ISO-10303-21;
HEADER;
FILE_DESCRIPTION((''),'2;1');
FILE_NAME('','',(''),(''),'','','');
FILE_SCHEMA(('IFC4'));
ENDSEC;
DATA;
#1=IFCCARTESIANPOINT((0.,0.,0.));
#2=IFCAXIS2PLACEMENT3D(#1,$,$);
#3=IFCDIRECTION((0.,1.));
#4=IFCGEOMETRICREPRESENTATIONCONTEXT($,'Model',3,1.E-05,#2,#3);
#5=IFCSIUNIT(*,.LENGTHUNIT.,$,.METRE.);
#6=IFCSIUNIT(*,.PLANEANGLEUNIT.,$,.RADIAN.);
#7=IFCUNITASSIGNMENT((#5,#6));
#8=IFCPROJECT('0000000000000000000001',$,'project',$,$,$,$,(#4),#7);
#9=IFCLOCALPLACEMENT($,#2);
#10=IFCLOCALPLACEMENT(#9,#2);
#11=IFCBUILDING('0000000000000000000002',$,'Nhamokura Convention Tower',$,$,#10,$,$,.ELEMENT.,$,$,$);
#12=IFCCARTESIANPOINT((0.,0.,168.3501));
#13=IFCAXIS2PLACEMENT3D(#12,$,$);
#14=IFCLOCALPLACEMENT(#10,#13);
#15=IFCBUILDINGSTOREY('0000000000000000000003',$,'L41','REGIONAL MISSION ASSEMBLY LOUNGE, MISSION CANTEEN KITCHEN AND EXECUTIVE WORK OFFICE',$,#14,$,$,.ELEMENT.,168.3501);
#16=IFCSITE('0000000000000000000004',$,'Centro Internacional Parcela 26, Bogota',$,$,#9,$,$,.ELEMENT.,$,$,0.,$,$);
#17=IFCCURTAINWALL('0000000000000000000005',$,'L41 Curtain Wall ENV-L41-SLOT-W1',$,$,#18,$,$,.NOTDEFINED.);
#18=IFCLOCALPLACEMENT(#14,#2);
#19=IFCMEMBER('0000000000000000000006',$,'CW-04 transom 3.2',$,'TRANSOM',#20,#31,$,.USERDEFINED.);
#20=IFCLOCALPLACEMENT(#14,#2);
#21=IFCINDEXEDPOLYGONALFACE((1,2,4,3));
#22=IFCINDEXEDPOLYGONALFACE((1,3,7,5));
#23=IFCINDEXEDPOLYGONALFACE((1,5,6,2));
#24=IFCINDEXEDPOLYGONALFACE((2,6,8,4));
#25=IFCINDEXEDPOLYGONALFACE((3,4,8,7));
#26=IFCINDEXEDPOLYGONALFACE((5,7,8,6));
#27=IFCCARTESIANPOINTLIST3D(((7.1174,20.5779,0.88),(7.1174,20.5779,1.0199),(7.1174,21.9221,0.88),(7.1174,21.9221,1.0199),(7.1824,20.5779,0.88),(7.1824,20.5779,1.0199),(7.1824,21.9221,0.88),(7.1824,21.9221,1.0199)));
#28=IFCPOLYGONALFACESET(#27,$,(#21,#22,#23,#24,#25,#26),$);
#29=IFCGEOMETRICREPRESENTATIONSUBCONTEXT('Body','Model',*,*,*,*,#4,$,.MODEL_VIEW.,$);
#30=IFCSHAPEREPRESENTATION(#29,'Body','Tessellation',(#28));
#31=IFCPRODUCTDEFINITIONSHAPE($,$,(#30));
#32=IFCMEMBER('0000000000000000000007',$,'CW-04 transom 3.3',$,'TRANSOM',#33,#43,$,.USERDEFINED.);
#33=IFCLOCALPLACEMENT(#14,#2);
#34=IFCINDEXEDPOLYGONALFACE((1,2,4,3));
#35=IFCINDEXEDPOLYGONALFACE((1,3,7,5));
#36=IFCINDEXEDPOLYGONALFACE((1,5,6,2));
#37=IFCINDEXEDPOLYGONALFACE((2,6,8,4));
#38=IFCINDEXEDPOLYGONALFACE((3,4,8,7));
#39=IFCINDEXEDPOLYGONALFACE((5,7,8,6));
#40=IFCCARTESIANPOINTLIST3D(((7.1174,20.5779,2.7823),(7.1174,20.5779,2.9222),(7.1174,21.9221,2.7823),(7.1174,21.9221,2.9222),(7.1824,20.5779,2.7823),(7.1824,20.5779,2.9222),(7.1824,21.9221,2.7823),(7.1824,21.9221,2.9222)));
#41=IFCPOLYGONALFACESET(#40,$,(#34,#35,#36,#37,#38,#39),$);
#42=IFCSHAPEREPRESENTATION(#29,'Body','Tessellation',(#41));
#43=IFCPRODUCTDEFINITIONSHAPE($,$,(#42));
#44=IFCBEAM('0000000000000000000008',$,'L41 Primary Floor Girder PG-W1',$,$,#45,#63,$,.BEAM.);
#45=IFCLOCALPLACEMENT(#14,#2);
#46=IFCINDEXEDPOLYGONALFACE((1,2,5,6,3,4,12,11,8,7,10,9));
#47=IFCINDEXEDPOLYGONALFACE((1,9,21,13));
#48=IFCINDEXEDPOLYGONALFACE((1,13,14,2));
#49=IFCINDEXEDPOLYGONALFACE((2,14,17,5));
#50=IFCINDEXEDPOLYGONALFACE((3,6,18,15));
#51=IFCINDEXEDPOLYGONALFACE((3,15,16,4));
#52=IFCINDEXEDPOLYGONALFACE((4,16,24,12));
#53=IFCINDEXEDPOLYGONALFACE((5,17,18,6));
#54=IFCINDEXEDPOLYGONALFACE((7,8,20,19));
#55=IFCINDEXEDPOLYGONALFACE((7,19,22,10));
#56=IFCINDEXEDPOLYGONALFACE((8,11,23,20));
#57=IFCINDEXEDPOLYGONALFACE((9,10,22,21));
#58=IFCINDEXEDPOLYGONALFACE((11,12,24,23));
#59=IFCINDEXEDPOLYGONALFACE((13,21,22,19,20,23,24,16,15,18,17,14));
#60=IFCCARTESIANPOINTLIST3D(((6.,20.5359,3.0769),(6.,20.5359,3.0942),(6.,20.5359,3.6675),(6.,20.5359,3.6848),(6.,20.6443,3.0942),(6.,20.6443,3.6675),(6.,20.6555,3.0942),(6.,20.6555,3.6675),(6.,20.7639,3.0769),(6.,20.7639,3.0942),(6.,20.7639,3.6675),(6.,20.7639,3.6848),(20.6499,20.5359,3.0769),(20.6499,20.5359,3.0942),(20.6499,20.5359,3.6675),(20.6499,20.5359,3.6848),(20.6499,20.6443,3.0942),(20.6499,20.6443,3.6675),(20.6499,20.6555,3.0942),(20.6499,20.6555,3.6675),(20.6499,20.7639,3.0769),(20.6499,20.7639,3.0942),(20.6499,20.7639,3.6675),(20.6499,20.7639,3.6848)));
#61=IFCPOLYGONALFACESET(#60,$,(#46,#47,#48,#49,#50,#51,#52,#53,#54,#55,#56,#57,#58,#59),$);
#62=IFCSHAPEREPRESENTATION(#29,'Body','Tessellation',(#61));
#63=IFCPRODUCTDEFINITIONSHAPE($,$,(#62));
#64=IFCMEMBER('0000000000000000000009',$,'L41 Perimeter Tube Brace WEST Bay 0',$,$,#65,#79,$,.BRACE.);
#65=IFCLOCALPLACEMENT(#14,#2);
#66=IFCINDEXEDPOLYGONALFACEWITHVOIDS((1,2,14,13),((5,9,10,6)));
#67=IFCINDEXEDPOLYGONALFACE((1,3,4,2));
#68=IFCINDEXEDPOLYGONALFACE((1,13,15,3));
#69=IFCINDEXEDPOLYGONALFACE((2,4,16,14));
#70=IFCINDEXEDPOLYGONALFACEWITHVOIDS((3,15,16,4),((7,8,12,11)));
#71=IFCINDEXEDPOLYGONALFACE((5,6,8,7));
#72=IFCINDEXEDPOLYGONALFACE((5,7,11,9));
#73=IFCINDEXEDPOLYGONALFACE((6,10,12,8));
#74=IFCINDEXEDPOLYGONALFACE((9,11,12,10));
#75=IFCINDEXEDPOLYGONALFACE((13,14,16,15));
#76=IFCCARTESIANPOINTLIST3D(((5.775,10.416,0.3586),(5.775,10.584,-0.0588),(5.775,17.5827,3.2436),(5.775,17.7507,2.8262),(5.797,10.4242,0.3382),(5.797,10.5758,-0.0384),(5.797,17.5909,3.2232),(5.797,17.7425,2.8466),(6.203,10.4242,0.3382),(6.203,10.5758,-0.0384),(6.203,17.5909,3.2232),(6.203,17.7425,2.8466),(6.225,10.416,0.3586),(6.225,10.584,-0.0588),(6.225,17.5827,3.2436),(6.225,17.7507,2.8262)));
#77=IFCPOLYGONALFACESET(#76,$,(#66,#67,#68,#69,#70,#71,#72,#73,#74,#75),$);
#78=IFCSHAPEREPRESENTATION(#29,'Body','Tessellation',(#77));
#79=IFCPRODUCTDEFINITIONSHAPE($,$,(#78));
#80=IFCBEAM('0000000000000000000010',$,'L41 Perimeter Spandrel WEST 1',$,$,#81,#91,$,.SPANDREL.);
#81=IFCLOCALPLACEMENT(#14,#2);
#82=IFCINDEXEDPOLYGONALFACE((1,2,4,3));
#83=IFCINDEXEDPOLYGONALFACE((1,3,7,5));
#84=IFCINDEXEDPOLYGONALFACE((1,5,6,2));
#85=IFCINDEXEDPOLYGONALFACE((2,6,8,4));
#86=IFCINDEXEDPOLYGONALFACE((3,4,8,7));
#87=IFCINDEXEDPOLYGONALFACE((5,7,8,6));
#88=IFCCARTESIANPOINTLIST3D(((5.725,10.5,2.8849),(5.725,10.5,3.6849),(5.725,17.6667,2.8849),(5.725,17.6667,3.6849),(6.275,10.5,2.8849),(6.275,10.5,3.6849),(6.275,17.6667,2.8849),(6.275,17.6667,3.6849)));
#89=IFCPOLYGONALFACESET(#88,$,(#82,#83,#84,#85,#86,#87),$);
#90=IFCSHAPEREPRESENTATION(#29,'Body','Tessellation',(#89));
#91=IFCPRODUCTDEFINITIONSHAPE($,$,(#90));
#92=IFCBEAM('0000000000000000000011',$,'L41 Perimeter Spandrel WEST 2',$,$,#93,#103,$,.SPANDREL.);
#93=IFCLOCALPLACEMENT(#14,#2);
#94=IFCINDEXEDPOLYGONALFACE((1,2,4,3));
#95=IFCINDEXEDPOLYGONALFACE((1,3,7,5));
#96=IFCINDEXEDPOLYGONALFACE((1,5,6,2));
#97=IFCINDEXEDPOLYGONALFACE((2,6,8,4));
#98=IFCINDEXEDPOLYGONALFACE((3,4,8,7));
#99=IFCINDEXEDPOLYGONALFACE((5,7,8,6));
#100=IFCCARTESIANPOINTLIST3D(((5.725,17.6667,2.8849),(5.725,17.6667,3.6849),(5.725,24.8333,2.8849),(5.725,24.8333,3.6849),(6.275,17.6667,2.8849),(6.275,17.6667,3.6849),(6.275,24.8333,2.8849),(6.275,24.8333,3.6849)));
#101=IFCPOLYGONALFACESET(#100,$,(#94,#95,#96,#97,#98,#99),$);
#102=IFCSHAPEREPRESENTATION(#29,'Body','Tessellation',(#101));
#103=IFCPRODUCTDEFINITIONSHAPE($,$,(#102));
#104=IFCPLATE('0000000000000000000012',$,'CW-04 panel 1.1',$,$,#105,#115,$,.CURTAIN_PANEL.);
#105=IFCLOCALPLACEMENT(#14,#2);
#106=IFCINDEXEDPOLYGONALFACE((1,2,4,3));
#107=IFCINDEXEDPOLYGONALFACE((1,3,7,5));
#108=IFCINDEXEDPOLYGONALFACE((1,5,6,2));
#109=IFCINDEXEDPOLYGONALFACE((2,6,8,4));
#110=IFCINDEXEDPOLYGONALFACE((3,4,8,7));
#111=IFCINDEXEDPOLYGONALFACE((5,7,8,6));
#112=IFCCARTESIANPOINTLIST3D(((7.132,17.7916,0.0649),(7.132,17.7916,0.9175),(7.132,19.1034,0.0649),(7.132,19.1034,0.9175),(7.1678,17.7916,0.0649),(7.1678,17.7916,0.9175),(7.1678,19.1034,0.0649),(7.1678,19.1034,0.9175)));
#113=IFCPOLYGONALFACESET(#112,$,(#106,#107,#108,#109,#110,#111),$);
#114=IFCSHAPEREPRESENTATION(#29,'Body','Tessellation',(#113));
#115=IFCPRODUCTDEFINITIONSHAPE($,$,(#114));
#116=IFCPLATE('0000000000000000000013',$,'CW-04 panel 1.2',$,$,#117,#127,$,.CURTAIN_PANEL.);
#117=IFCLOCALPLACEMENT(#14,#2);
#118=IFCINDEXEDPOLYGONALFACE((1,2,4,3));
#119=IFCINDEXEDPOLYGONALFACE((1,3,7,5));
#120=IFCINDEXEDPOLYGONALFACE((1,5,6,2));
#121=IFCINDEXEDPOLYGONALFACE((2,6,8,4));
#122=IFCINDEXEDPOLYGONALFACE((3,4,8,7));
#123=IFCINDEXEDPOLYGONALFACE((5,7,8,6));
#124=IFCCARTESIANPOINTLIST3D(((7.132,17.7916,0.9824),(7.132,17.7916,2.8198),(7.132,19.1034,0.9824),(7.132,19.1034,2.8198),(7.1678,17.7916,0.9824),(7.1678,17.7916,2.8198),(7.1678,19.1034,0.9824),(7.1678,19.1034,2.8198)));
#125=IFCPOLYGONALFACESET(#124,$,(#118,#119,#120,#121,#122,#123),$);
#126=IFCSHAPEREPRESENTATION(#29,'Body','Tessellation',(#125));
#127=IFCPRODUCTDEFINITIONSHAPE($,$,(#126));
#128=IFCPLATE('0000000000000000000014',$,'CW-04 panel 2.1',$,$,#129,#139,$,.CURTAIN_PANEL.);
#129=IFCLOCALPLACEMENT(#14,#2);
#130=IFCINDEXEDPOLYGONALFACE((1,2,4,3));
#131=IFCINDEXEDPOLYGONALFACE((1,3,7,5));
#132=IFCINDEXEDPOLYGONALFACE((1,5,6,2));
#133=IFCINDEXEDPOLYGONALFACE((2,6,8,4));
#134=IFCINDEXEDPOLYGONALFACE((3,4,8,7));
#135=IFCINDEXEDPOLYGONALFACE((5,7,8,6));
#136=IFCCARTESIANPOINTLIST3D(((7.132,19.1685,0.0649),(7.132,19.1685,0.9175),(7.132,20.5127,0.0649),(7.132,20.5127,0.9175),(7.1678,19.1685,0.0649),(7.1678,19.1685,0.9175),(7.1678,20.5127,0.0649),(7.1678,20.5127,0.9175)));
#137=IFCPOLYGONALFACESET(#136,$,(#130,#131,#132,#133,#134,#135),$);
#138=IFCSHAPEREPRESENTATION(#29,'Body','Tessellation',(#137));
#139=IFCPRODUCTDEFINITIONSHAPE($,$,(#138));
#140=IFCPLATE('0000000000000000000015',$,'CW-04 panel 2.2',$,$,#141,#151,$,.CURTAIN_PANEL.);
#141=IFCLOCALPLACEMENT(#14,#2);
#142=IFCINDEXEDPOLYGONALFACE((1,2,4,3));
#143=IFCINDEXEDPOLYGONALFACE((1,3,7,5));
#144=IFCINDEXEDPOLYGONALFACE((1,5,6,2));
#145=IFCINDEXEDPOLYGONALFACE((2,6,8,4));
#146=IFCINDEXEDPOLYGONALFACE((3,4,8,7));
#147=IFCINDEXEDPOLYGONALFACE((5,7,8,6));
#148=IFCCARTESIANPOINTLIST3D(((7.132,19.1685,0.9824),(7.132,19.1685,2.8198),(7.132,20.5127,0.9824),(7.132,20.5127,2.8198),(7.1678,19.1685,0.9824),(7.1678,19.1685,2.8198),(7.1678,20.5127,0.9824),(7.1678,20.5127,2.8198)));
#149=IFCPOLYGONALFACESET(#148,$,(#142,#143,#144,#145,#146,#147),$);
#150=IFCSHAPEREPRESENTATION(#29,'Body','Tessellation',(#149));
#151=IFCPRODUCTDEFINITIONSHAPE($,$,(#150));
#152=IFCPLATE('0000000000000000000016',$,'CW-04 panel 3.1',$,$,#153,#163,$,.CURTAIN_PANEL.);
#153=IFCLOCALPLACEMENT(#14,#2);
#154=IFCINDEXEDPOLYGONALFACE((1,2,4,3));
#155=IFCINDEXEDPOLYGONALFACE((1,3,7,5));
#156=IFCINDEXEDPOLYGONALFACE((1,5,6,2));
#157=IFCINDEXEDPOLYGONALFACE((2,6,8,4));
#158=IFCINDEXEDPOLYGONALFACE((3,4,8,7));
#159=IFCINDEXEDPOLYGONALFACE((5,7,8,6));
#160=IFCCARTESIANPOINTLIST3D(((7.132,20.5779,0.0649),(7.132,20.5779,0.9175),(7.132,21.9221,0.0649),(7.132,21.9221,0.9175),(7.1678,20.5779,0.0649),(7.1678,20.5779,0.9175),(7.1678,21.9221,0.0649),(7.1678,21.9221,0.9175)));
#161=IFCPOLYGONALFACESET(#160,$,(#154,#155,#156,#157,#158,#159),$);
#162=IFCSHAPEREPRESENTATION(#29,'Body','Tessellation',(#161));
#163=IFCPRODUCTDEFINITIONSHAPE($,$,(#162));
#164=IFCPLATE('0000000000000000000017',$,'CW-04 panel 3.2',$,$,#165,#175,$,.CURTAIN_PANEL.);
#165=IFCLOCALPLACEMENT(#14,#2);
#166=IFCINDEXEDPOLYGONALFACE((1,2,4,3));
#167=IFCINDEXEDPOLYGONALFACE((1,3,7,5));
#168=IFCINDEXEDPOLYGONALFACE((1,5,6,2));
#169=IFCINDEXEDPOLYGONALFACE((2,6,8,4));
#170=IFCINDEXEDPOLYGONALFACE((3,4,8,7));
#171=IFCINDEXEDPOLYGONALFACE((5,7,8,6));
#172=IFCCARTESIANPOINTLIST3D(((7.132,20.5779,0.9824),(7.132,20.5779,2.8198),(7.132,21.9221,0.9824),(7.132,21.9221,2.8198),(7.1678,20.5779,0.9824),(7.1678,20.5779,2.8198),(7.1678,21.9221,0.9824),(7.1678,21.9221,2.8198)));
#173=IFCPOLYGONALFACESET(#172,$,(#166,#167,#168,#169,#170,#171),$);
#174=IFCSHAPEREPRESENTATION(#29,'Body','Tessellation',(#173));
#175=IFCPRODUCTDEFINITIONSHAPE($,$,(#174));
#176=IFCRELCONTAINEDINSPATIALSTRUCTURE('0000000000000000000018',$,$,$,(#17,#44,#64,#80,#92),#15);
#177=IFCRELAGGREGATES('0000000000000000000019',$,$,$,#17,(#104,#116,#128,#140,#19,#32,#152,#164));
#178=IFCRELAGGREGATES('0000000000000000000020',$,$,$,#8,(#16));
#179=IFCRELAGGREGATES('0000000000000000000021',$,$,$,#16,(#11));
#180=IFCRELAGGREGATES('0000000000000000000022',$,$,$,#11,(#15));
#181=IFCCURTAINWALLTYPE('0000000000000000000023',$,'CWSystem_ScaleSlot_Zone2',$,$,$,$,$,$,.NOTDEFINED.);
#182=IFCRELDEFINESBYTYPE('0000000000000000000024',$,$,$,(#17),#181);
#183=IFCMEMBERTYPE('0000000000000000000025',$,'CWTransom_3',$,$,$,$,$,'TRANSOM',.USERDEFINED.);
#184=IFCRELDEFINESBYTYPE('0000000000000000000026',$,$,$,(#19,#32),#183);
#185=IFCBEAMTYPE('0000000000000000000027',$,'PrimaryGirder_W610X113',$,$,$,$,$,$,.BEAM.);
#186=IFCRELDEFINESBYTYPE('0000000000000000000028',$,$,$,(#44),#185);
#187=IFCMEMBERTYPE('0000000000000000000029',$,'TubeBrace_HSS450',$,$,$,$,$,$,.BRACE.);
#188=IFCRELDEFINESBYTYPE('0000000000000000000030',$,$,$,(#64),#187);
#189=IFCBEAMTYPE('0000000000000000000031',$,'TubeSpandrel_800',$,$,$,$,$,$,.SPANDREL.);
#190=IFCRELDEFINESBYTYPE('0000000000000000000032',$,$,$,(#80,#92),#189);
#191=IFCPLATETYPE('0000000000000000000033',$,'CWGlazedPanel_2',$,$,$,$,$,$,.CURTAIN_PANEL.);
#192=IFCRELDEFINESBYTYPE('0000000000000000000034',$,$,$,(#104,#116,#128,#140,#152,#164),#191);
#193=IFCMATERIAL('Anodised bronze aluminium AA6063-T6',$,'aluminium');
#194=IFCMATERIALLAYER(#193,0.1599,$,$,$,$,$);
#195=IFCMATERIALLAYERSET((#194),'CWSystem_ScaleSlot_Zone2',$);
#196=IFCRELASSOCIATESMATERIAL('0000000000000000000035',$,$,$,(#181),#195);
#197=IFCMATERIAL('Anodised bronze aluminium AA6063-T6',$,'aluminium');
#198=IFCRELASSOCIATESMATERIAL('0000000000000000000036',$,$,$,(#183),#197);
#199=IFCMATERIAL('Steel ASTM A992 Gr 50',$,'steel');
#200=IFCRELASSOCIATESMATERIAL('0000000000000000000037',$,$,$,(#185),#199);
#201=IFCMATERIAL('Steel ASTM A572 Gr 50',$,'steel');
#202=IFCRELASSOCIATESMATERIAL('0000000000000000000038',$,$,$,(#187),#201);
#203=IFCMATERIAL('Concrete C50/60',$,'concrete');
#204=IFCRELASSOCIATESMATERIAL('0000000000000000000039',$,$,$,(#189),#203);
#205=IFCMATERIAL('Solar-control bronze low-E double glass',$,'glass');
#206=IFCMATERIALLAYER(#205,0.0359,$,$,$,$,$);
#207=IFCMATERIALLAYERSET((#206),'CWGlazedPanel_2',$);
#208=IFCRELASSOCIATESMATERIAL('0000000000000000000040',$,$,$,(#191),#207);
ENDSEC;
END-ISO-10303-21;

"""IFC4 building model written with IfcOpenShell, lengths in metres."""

from ifc_helpers import new_model, si_unit, direction, frame, origin, origin_2d, place, context, subcontext, project, spatial, rectangle, hollow_rectangle, i_section, extrude, material, layer, layer_set, material_profile, profile_set, type_object, element, aggregate, save


model = new_model("IFC4")

# Units and contexts
model_context = context("Model", 3, precision=1e-05, world=origin(), true_north=direction((0.0, 1.0)))
body_context = subcontext(model_context, "Body", "Model", "MODEL_VIEW")
ifc_project = project(units=[si_unit("LENGTHUNIT", "METRE"), si_unit("PLANEANGLEUNIT", "RADIAN")], contexts=[model_context])

# Site, building, storey
site_placement = place(None, origin())
site = spatial("IfcSite", under=ifc_project, at=site_placement, Name="Centro Internacional Parcela 26, Bogota", CompositionType="ELEMENT", RefElevation=0.0)
building_placement = place(site_placement, origin())
building = spatial("IfcBuilding", under=site, at=building_placement, Name="Nhamokura Convention Tower", CompositionType="ELEMENT")
storey_placement = place(building_placement, frame((0.0, 0.0, 168.3501)))
storey = spatial("IfcBuildingStorey", under=building, at=storey_placement, Name="L41", Description="REGIONAL MISSION ASSEMBLY LOUNGE, MISSION CANTEEN KITCHEN AND EXECUTIVE WORK OFFICE", CompositionType="ELEMENT", Elevation=168.3501)

# Curtain wall, members
ifc_material_1 = material(Name="Anodised bronze aluminium AA6063-T6", Category="aluminium")
ifc_layer_1 = layer(ifc_material_1, 0.1599)
ifc_layer_set_1 = layer_set([ifc_layer_1], Name="CWSystem_ScaleSlot_Zone2")
curtain_wall_type = type_object("IfcCurtainWallType", Name="CWSystem_ScaleSlot_Zone2", PredefinedType="NOTDEFINED", material=ifc_layer_set_1)
curtain_wall_placement = place(storey_placement, origin())
curtain_wall = element("IfcCurtainWall", 1, at=curtain_wall_placement, inside=storey, type_object=curtain_wall_type, Name="L41 Curtain Wall ENV-L41-SLOT-W1", PredefinedType="NOTDEFINED")
ifc_material_2 = material(Name="Anodised bronze aluminium AA6063-T6", Category="aluminium")
ifc_material_profile_1 = material_profile(ifc_material_2, rectangle(XDim=0.0649, YDim=0.1399, at=origin_2d()))
ifc_profile_set_1 = profile_set([ifc_material_profile_1], Name="Anodised bronze aluminium AA6063-T6")
member_type_1 = type_object("IfcMemberType", Name="CWTransom_3", ElementType="TRANSOM", PredefinedType="USERDEFINED", material=ifc_profile_set_1)
member_1_placement = place(storey_placement, frame((7.1499, 20.5779, 0.95), z_axis=(0.0, 1.0, 0.0), x_axis=(-1.0, 0.0, 0.0)))
member_1 = element("IfcMember", 2, at=member_1_placement, type_object=member_type_1, Name="CW-04 transom 3.2", ObjectType="TRANSOM", PredefinedType="USERDEFINED", context=body_context, shape_type="SweptSolid", body=[
    extrude(rectangle(XDim=0.0649, YDim=0.1399, at=origin_2d()), origin(), (0.0, 0.0, 1.0), 1.3442),
])
member_2_placement = place(storey_placement, frame((7.1499, 20.5779, 2.8523), z_axis=(0.0, 1.0, 0.0), x_axis=(-1.0, 0.0, 0.0)))
member_2 = element("IfcMember", 3, at=member_2_placement, type_object=member_type_1, Name="CW-04 transom 3.3", ObjectType="TRANSOM", PredefinedType="USERDEFINED", context=body_context, shape_type="SweptSolid", body=[
    extrude(rectangle(XDim=0.0649, YDim=0.1399, at=origin_2d()), origin(), (0.0, 0.0, 1.0), 1.3442),
])

# Beam
ifc_material_3 = material(Name="Steel ASTM A992 Gr 50", Category="steel")
ifc_material_profile_2 = material_profile(ifc_material_3, i_section(OverallWidth=0.228, OverallDepth=0.6079, WebThickness=0.0112, FlangeThickness=0.0173, at=origin_2d()))
ifc_profile_set_2 = profile_set([ifc_material_profile_2], Name="Steel ASTM A992 Gr 50")
beam_type_1 = type_object("IfcBeamType", Name="PrimaryGirder_W610X113", PredefinedType="BEAM", material=ifc_profile_set_2)
beam_1_placement = place(storey_placement, frame((6.0, 20.6499, 3.3809), z_axis=(1.0, 0.0, 0.0), x_axis=(0.0, 1.0, 0.0)))
element("IfcBeam", 4, at=beam_1_placement, inside=storey, type_object=beam_type_1, Name="L41 Primary Floor Girder PG-W1", PredefinedType="BEAM", context=body_context, shape_type="SweptSolid", body=[
    extrude(i_section(OverallWidth=0.228, OverallDepth=0.6079, WebThickness=0.0112, FlangeThickness=0.0173, at=origin_2d()), origin(), (0.0, 0.0, 1.0), 14.6499),
])

# Member
ifc_material_4 = material(Name="Steel ASTM A572 Gr 50", Category="steel")
ifc_material_profile_3 = material_profile(ifc_material_4, hollow_rectangle(XDim=0.45, YDim=0.45, WallThickness=0.022, at=origin_2d()))
ifc_profile_set_3 = profile_set([ifc_material_profile_3], Name="Steel ASTM A572 Gr 50")
member_type_2 = type_object("IfcMemberType", Name="TubeBrace_HSS450", PredefinedType="BRACE", material=ifc_profile_set_3)
member_3_placement = place(storey_placement, frame((6.0, 10.5, 0.1499), z_axis=(0.0, 0.927657, 0.373433), x_axis=(-1.0, 0.0, 0.0)))
element("IfcMember", 5, at=member_3_placement, inside=storey, type_object=member_type_2, Name="L41 Perimeter Tube Brace WEST Bay 0", PredefinedType="BRACE", context=body_context, shape_type="SweptSolid", body=[
    extrude(hollow_rectangle(XDim=0.45, YDim=0.45, WallThickness=0.022, at=origin_2d()), origin(), (0.0, 0.0, 1.0), 7.7256),
])

# Beams
ifc_material_5 = material(Name="Concrete C50/60", Category="concrete")
ifc_material_profile_4 = material_profile(ifc_material_5, rectangle(XDim=0.55, YDim=0.8, at=origin_2d()))
ifc_profile_set_4 = profile_set([ifc_material_profile_4], Name="Concrete C50/60")
beam_type_2 = type_object("IfcBeamType", Name="TubeSpandrel_800", PredefinedType="SPANDREL", material=ifc_profile_set_4)
beam_2_placement = place(storey_placement, frame((6.0, 10.5, 3.2849), z_axis=(0.0, 1.0, 0.0), x_axis=(-1.0, 0.0, 0.0)))
element("IfcBeam", 6, at=beam_2_placement, inside=storey, type_object=beam_type_2, Name="L41 Perimeter Spandrel WEST 1", PredefinedType="SPANDREL", context=body_context, shape_type="SweptSolid", body=[
    extrude(rectangle(XDim=0.55, YDim=0.8, at=origin_2d()), origin(), (0.0, 0.0, 1.0), 7.1667),
])
beam_3_placement = place(storey_placement, frame((6.0, 17.6667, 3.2849), z_axis=(0.0, 1.0, 0.0), x_axis=(-1.0, 0.0, 0.0)))
element("IfcBeam", 7, at=beam_3_placement, inside=storey, type_object=beam_type_2, Name="L41 Perimeter Spandrel WEST 2", PredefinedType="SPANDREL", context=body_context, shape_type="SweptSolid", body=[
    extrude(rectangle(XDim=0.55, YDim=0.8, at=origin_2d()), origin(), (0.0, 0.0, 1.0), 7.1665),
])

# Plates
ifc_material_6 = material(Name="Solar-control bronze low-E double glass", Category="glass")
ifc_layer_2 = layer(ifc_material_6, 0.0359)
ifc_layer_set_2 = layer_set([ifc_layer_2], Name="CWGlazedPanel_2")
plate_type = type_object("IfcPlateType", Name="CWGlazedPanel_2", PredefinedType="CURTAIN_PANEL", material=ifc_layer_set_2)
plate_1_placement = place(storey_placement, frame((7.1499, 18.4475, 0.0649), z_axis=(0.0, 0.0, 1.0), x_axis=(0.0, 1.0, 0.0)))
plate_1 = element("IfcPlate", 8, at=plate_1_placement, type_object=plate_type, Name="CW-04 panel 1.1", PredefinedType="CURTAIN_PANEL", context=body_context, shape_type="SweptSolid", body=[
    extrude(rectangle(XDim=1.3118, YDim=0.0359, at=origin_2d()), origin(), (0.0, 0.0, 1.0), 0.8525),
])
plate_2_placement = place(storey_placement, frame((7.1499, 18.4475, 0.9824), z_axis=(0.0, 0.0, 1.0), x_axis=(0.0, 1.0, 0.0)))
plate_2 = element("IfcPlate", 9, at=plate_2_placement, type_object=plate_type, Name="CW-04 panel 1.2", PredefinedType="CURTAIN_PANEL", context=body_context, shape_type="SweptSolid", body=[
    extrude(rectangle(XDim=1.3118, YDim=0.0359, at=origin_2d()), origin(), (0.0, 0.0, 1.0), 1.8374),
])
plate_3_placement = place(storey_placement, frame((7.1499, 19.8406, 0.0649), z_axis=(0.0, 0.0, 1.0), x_axis=(0.0, 1.0, 0.0)))
plate_3 = element("IfcPlate", 10, at=plate_3_placement, type_object=plate_type, Name="CW-04 panel 2.1", PredefinedType="CURTAIN_PANEL", context=body_context, shape_type="SweptSolid", body=[
    extrude(rectangle(XDim=1.3442, YDim=0.0359, at=origin_2d()), origin(), (0.0, 0.0, 1.0), 0.8525),
])
plate_4_placement = place(storey_placement, frame((7.1499, 19.8406, 0.9824), z_axis=(0.0, 0.0, 1.0), x_axis=(0.0, 1.0, 0.0)))
plate_4 = element("IfcPlate", 11, at=plate_4_placement, type_object=plate_type, Name="CW-04 panel 2.2", PredefinedType="CURTAIN_PANEL", context=body_context, shape_type="SweptSolid", body=[
    extrude(rectangle(XDim=1.3442, YDim=0.0359, at=origin_2d()), origin(), (0.0, 0.0, 1.0), 1.8374),
])
plate_5_placement = place(storey_placement, frame((7.1499, 21.25, 0.0649), z_axis=(0.0, 0.0, 1.0), x_axis=(0.0, 1.0, 0.0)))
plate_5 = element("IfcPlate", 12, at=plate_5_placement, type_object=plate_type, Name="CW-04 panel 3.1", PredefinedType="CURTAIN_PANEL", context=body_context, shape_type="SweptSolid", body=[
    extrude(rectangle(XDim=1.3442, YDim=0.0359, at=origin_2d()), origin(), (0.0, 0.0, 1.0), 0.8525),
])
plate_6_placement = place(storey_placement, frame((7.1499, 21.25, 0.9824), z_axis=(0.0, 0.0, 1.0), x_axis=(0.0, 1.0, 0.0)))
plate_6 = element("IfcPlate", 13, at=plate_6_placement, type_object=plate_type, Name="CW-04 panel 3.2", PredefinedType="CURTAIN_PANEL", context=body_context, shape_type="SweptSolid", body=[
    extrude(rectangle(XDim=1.3442, YDim=0.0359, at=origin_2d()), origin(), (0.0, 0.0, 1.0), 1.8374),
])
aggregate(curtain_wall, [plate_1, plate_2, plate_3, plate_4, member_1, member_2, plate_5, plate_6])

save(model, "model.ifc")
